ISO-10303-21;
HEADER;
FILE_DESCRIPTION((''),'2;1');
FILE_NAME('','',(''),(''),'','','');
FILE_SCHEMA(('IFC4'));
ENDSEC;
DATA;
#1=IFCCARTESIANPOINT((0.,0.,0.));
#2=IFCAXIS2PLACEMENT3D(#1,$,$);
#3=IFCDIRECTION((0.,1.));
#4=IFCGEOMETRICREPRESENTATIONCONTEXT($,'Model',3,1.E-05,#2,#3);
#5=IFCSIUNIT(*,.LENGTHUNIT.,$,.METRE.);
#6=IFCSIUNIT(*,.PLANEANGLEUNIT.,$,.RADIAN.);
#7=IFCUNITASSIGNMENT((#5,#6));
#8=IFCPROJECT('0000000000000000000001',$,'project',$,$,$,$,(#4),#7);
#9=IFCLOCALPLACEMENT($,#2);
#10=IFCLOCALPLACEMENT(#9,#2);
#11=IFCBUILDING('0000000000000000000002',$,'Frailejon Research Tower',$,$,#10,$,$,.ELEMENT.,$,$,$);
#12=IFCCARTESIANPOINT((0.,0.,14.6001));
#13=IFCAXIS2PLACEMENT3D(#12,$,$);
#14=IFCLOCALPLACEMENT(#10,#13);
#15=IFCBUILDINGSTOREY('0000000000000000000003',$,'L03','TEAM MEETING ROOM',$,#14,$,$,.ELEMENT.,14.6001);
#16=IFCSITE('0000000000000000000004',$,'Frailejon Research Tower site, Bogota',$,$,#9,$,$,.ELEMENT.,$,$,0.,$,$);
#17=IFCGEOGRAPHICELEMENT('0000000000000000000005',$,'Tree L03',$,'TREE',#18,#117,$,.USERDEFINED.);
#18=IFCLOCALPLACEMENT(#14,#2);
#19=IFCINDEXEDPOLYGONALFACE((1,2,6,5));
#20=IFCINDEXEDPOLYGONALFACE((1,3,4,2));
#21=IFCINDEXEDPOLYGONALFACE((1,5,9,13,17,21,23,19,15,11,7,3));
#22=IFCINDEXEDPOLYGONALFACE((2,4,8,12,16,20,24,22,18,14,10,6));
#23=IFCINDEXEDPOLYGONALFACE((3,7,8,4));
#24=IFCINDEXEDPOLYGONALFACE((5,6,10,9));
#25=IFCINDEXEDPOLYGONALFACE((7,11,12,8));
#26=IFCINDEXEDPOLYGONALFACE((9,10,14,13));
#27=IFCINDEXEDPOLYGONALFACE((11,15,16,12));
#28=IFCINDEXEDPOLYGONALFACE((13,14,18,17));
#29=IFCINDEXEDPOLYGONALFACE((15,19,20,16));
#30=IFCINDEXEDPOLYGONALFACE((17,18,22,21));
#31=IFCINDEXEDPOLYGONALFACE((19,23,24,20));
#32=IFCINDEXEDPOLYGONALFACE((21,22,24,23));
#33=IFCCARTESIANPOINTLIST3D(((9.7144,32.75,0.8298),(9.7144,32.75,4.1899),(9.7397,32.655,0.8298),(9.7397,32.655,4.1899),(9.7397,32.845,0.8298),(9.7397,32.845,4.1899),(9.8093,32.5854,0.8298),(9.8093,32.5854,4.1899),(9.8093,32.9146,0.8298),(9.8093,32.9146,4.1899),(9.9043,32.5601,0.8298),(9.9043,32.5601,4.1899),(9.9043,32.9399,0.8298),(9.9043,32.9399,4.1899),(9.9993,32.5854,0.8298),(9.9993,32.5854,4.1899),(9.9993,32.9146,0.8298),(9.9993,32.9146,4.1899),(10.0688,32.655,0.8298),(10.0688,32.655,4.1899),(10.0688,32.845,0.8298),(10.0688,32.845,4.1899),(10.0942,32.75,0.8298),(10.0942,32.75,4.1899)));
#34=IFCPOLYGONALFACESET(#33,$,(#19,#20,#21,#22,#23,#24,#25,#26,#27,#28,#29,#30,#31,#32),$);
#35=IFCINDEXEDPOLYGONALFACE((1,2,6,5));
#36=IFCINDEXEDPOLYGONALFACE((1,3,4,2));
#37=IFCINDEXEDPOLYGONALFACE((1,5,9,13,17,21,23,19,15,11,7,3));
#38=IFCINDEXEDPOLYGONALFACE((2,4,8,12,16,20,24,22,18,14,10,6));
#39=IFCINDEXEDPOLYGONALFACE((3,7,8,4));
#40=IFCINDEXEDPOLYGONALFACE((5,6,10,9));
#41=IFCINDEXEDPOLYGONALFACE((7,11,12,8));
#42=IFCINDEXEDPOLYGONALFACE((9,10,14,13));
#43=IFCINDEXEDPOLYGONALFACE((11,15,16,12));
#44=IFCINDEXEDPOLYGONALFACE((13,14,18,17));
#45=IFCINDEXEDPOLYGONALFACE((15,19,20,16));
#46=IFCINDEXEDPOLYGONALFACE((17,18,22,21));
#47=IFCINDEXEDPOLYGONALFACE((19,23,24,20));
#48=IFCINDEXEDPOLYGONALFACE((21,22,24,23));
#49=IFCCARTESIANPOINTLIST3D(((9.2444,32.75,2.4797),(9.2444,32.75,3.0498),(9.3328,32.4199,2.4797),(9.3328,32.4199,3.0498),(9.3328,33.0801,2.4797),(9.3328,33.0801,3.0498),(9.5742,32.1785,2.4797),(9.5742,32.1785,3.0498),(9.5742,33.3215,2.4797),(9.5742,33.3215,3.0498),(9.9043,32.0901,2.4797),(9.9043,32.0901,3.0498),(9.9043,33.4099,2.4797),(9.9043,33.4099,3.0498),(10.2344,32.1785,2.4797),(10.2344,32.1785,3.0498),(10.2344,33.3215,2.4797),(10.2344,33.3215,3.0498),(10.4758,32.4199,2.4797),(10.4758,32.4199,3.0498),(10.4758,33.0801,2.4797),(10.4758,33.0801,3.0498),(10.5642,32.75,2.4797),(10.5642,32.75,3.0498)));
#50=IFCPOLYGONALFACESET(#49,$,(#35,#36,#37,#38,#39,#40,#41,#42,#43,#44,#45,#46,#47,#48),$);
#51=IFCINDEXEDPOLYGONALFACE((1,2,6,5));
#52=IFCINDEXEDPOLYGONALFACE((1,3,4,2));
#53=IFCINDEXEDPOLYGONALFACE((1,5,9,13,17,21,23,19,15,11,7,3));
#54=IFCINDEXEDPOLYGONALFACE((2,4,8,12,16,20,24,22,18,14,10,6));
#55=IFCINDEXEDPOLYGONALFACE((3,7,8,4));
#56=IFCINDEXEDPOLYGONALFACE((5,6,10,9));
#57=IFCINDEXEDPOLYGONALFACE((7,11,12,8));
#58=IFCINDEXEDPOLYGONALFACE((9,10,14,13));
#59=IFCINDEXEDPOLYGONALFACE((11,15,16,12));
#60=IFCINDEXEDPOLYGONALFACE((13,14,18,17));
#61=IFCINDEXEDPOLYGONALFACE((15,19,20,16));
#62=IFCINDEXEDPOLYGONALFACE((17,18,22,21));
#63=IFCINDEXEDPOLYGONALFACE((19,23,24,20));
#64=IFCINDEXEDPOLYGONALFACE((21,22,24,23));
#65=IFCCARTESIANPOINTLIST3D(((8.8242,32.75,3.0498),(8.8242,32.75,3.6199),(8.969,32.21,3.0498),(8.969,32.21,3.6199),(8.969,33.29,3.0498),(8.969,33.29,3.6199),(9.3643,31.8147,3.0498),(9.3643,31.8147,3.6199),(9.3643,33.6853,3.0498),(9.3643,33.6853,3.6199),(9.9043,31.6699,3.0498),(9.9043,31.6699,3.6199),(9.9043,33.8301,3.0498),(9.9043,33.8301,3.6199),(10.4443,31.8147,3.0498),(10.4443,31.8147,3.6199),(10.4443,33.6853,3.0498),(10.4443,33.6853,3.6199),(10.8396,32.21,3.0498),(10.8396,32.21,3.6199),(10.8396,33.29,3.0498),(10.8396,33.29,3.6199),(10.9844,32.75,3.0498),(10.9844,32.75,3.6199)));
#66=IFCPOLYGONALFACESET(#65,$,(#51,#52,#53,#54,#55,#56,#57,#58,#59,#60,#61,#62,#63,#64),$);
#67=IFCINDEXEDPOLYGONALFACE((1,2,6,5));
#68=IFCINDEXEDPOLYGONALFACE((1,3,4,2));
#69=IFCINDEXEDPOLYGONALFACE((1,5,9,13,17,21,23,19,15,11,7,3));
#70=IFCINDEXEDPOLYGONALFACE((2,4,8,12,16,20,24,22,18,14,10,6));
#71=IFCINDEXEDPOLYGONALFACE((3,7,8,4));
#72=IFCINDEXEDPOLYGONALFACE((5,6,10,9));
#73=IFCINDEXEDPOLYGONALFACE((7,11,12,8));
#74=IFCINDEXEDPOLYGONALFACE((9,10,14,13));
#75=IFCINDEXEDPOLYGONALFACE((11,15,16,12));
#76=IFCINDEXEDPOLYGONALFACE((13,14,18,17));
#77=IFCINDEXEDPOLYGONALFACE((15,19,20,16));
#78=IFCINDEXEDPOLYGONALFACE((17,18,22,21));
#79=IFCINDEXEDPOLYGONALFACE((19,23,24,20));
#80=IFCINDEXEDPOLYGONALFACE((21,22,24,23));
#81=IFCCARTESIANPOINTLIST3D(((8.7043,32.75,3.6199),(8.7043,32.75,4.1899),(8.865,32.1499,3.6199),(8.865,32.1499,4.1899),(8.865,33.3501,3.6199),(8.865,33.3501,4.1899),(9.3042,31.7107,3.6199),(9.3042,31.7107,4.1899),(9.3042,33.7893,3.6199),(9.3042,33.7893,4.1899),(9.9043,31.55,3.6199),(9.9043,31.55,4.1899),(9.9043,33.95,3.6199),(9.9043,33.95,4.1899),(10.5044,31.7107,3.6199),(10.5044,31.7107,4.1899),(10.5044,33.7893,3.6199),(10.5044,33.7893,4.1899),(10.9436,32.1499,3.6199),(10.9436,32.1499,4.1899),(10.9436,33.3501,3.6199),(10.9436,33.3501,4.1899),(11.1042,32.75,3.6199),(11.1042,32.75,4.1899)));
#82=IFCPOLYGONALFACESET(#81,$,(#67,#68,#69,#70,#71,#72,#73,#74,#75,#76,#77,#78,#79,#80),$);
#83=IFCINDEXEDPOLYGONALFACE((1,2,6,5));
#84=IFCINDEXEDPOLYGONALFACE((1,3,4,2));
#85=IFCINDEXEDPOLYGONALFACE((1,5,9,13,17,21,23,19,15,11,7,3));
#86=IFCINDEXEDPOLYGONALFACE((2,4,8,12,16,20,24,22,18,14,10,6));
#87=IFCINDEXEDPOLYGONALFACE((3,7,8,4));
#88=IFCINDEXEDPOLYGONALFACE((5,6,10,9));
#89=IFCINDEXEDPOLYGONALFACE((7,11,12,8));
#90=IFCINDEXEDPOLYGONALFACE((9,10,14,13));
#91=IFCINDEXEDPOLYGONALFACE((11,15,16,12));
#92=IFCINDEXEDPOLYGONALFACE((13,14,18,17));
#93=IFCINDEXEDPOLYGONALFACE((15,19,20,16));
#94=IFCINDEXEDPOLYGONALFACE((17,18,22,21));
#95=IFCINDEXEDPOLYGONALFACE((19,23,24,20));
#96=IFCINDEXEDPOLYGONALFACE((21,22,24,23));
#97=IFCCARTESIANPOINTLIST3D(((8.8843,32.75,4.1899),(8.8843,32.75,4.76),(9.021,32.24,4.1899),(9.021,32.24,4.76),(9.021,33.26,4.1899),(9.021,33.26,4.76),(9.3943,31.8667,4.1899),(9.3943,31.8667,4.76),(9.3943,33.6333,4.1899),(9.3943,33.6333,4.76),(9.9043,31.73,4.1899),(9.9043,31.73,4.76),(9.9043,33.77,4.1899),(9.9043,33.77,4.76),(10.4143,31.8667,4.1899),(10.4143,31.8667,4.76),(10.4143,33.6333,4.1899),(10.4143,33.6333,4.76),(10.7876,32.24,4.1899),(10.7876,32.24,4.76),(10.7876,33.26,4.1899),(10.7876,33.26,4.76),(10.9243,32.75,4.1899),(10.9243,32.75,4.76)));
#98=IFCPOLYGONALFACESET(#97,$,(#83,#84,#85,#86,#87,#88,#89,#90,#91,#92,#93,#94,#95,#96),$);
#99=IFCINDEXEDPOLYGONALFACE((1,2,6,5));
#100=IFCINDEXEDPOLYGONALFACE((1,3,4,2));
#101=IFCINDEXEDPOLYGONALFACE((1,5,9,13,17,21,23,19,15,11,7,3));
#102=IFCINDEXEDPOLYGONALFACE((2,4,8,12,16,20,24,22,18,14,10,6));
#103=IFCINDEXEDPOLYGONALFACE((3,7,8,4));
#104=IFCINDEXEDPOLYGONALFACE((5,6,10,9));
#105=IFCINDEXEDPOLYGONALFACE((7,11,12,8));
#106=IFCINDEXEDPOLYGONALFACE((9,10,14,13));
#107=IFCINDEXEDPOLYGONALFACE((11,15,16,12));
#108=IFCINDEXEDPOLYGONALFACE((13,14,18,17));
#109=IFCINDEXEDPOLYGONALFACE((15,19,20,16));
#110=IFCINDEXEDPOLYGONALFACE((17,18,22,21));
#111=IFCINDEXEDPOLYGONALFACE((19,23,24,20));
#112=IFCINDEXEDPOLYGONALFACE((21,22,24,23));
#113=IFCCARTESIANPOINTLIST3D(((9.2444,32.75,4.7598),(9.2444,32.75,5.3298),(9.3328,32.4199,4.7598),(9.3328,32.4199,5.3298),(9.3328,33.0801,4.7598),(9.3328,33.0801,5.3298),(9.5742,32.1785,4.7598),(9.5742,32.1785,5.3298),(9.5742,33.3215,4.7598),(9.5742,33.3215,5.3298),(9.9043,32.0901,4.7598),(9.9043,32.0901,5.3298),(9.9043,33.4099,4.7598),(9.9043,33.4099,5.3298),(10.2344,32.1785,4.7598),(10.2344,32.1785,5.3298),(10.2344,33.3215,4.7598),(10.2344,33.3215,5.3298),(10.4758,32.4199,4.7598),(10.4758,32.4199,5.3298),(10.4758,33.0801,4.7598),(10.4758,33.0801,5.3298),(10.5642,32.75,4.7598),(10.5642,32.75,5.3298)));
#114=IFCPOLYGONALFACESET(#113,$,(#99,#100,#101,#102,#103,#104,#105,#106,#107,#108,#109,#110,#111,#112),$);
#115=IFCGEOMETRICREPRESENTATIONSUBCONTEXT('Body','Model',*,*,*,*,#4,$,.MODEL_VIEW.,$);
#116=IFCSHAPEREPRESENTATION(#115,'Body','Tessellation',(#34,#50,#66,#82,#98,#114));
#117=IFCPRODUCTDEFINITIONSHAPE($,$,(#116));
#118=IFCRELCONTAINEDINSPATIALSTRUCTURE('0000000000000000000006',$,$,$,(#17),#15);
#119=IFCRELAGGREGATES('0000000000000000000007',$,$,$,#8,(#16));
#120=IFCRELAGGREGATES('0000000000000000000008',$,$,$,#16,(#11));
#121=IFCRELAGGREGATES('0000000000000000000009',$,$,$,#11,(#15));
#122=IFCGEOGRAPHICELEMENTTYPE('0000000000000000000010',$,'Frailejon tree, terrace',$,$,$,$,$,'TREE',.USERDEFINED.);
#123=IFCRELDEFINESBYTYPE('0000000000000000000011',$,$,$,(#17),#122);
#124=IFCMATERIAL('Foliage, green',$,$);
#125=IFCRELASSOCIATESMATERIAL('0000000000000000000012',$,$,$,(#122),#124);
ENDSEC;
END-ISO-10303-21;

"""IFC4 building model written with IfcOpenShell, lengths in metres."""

from ifc_helpers import new_model, si_unit, direction, frame, origin, place, context, subcontext, project, spatial, polyline, outline, extrude, material, type_object, element, save


model = new_model("IFC4")

# Units and contexts
model_context = context("Model", 3, precision=1e-05, world=origin(), true_north=direction((0.0, 1.0)))
body_context = subcontext(model_context, "Body", "Model", "MODEL_VIEW")
ifc_project = project(units=[si_unit("LENGTHUNIT", "METRE"), si_unit("PLANEANGLEUNIT", "RADIAN")], contexts=[model_context])

# Site, building, storey
site_placement = place(None, origin())
site = spatial("IfcSite", under=ifc_project, at=site_placement, Name="Frailejon Research Tower site, Bogota", CompositionType="ELEMENT", RefElevation=0.0)
building_placement = place(site_placement, origin())
building = spatial("IfcBuilding", under=site, at=building_placement, Name="Frailejon Research Tower", CompositionType="ELEMENT")
storey_placement = place(building_placement, frame((0.0, 0.0, 14.6001)))
storey = spatial("IfcBuildingStorey", under=building, at=storey_placement, Name="L03", Description="TEAM MEETING ROOM", CompositionType="ELEMENT", Elevation=14.6001)

# Geographic element
ifc_material_1 = material(Name="Foliage, green")
geographic_element_type = type_object("IfcGeographicElementType", Name="Frailejon tree, terrace", ElementType="TREE", PredefinedType="USERDEFINED", material=ifc_material_1)
geographic_element_placement = place(storey_placement, frame((9.9043, 32.75, 0.8298)))
element("IfcGeographicElement", 1, at=geographic_element_placement, inside=storey, type_object=geographic_element_type, Name="Tree L03", ObjectType="TREE", PredefinedType="USERDEFINED", context=body_context, shape_type="SweptSolid", body=[
    extrude(outline(polyline([(0.1899, 0.0), (0.1646, 0.095), (0.095, 0.1646), (0.0, 0.1899), (-0.095, 0.1646), (-0.1646, 0.095), (-0.1899, 0.0), (-0.1646, -0.095), (-0.095, -0.1646), (0.0, -0.1899), (0.095, -0.1646), (0.1646, -0.095), (0.1899, 0.0)])), origin(), (0.0, 0.0, 1.0), 3.3601),
    extrude(outline(polyline([(0.6599, 0.0), (0.5715, 0.3301), (0.3301, 0.5715), (0.0, 0.6599), (-0.3301, 0.5715), (-0.5715, 0.3301), (-0.6599, 0.0), (-0.5715, -0.3301), (-0.3301, -0.5715), (0.0, -0.6599), (0.3301, -0.5715), (0.5715, -0.3301), (0.6599, 0.0)])), frame((0.0, 0.0, 1.6499)), (0.0, 0.0, 1.0), 0.5701),
    extrude(outline(polyline([(1.0801, 0.0), (0.9353, 0.54), (0.54, 0.9353), (0.0, 1.0801), (-0.54, 0.9353), (-0.9353, 0.54), (-1.0801, 0.0), (-0.9353, -0.54), (-0.54, -0.9353), (0.0, -1.0801), (0.54, -0.9353), (0.9353, -0.54), (1.0801, 0.0)])), frame((0.0, 0.0, 2.22)), (0.0, 0.0, 1.0), 0.5701),
    extrude(outline(polyline([(1.2, 0.0), (1.0393, 0.6001), (0.6001, 1.0393), (0.0, 1.2), (-0.6001, 1.0393), (-1.0393, 0.6001), (-1.2, 0.0), (-1.0393, -0.6001), (-0.6001, -1.0393), (0.0, -1.2), (0.6001, -1.0393), (1.0393, -0.6001), (1.2, 0.0)])), frame((0.0, 0.0, 2.79)), (0.0, 0.0, 1.0), 0.5701),
    extrude(outline(polyline([(1.02, 0.0), (0.8833, 0.51), (0.51, 0.8833), (0.0, 1.02), (-0.51, 0.8833), (-0.8833, 0.51), (-1.02, 0.0), (-0.8833, -0.51), (-0.51, -0.8833), (0.0, -1.02), (0.51, -0.8833), (0.8833, -0.51), (1.02, 0.0)])), frame((0.0, 0.0, 3.3601)), (0.0, 0.0, 1.0), 0.5701),
    extrude(outline(polyline([(0.6599, 0.0), (0.5715, 0.3301), (0.3301, 0.5715), (0.0, 0.6599), (-0.3301, 0.5715), (-0.5715, 0.3301), (-0.6599, 0.0), (-0.5715, -0.3301), (-0.3301, -0.5715), (0.0, -0.6599), (0.3301, -0.5715), (0.5715, -0.3301), (0.6599, 0.0)])), frame((0.0, 0.0, 3.9299)), (0.0, 0.0, 1.0), 0.5701),
])

save(model, "model.ifc")
